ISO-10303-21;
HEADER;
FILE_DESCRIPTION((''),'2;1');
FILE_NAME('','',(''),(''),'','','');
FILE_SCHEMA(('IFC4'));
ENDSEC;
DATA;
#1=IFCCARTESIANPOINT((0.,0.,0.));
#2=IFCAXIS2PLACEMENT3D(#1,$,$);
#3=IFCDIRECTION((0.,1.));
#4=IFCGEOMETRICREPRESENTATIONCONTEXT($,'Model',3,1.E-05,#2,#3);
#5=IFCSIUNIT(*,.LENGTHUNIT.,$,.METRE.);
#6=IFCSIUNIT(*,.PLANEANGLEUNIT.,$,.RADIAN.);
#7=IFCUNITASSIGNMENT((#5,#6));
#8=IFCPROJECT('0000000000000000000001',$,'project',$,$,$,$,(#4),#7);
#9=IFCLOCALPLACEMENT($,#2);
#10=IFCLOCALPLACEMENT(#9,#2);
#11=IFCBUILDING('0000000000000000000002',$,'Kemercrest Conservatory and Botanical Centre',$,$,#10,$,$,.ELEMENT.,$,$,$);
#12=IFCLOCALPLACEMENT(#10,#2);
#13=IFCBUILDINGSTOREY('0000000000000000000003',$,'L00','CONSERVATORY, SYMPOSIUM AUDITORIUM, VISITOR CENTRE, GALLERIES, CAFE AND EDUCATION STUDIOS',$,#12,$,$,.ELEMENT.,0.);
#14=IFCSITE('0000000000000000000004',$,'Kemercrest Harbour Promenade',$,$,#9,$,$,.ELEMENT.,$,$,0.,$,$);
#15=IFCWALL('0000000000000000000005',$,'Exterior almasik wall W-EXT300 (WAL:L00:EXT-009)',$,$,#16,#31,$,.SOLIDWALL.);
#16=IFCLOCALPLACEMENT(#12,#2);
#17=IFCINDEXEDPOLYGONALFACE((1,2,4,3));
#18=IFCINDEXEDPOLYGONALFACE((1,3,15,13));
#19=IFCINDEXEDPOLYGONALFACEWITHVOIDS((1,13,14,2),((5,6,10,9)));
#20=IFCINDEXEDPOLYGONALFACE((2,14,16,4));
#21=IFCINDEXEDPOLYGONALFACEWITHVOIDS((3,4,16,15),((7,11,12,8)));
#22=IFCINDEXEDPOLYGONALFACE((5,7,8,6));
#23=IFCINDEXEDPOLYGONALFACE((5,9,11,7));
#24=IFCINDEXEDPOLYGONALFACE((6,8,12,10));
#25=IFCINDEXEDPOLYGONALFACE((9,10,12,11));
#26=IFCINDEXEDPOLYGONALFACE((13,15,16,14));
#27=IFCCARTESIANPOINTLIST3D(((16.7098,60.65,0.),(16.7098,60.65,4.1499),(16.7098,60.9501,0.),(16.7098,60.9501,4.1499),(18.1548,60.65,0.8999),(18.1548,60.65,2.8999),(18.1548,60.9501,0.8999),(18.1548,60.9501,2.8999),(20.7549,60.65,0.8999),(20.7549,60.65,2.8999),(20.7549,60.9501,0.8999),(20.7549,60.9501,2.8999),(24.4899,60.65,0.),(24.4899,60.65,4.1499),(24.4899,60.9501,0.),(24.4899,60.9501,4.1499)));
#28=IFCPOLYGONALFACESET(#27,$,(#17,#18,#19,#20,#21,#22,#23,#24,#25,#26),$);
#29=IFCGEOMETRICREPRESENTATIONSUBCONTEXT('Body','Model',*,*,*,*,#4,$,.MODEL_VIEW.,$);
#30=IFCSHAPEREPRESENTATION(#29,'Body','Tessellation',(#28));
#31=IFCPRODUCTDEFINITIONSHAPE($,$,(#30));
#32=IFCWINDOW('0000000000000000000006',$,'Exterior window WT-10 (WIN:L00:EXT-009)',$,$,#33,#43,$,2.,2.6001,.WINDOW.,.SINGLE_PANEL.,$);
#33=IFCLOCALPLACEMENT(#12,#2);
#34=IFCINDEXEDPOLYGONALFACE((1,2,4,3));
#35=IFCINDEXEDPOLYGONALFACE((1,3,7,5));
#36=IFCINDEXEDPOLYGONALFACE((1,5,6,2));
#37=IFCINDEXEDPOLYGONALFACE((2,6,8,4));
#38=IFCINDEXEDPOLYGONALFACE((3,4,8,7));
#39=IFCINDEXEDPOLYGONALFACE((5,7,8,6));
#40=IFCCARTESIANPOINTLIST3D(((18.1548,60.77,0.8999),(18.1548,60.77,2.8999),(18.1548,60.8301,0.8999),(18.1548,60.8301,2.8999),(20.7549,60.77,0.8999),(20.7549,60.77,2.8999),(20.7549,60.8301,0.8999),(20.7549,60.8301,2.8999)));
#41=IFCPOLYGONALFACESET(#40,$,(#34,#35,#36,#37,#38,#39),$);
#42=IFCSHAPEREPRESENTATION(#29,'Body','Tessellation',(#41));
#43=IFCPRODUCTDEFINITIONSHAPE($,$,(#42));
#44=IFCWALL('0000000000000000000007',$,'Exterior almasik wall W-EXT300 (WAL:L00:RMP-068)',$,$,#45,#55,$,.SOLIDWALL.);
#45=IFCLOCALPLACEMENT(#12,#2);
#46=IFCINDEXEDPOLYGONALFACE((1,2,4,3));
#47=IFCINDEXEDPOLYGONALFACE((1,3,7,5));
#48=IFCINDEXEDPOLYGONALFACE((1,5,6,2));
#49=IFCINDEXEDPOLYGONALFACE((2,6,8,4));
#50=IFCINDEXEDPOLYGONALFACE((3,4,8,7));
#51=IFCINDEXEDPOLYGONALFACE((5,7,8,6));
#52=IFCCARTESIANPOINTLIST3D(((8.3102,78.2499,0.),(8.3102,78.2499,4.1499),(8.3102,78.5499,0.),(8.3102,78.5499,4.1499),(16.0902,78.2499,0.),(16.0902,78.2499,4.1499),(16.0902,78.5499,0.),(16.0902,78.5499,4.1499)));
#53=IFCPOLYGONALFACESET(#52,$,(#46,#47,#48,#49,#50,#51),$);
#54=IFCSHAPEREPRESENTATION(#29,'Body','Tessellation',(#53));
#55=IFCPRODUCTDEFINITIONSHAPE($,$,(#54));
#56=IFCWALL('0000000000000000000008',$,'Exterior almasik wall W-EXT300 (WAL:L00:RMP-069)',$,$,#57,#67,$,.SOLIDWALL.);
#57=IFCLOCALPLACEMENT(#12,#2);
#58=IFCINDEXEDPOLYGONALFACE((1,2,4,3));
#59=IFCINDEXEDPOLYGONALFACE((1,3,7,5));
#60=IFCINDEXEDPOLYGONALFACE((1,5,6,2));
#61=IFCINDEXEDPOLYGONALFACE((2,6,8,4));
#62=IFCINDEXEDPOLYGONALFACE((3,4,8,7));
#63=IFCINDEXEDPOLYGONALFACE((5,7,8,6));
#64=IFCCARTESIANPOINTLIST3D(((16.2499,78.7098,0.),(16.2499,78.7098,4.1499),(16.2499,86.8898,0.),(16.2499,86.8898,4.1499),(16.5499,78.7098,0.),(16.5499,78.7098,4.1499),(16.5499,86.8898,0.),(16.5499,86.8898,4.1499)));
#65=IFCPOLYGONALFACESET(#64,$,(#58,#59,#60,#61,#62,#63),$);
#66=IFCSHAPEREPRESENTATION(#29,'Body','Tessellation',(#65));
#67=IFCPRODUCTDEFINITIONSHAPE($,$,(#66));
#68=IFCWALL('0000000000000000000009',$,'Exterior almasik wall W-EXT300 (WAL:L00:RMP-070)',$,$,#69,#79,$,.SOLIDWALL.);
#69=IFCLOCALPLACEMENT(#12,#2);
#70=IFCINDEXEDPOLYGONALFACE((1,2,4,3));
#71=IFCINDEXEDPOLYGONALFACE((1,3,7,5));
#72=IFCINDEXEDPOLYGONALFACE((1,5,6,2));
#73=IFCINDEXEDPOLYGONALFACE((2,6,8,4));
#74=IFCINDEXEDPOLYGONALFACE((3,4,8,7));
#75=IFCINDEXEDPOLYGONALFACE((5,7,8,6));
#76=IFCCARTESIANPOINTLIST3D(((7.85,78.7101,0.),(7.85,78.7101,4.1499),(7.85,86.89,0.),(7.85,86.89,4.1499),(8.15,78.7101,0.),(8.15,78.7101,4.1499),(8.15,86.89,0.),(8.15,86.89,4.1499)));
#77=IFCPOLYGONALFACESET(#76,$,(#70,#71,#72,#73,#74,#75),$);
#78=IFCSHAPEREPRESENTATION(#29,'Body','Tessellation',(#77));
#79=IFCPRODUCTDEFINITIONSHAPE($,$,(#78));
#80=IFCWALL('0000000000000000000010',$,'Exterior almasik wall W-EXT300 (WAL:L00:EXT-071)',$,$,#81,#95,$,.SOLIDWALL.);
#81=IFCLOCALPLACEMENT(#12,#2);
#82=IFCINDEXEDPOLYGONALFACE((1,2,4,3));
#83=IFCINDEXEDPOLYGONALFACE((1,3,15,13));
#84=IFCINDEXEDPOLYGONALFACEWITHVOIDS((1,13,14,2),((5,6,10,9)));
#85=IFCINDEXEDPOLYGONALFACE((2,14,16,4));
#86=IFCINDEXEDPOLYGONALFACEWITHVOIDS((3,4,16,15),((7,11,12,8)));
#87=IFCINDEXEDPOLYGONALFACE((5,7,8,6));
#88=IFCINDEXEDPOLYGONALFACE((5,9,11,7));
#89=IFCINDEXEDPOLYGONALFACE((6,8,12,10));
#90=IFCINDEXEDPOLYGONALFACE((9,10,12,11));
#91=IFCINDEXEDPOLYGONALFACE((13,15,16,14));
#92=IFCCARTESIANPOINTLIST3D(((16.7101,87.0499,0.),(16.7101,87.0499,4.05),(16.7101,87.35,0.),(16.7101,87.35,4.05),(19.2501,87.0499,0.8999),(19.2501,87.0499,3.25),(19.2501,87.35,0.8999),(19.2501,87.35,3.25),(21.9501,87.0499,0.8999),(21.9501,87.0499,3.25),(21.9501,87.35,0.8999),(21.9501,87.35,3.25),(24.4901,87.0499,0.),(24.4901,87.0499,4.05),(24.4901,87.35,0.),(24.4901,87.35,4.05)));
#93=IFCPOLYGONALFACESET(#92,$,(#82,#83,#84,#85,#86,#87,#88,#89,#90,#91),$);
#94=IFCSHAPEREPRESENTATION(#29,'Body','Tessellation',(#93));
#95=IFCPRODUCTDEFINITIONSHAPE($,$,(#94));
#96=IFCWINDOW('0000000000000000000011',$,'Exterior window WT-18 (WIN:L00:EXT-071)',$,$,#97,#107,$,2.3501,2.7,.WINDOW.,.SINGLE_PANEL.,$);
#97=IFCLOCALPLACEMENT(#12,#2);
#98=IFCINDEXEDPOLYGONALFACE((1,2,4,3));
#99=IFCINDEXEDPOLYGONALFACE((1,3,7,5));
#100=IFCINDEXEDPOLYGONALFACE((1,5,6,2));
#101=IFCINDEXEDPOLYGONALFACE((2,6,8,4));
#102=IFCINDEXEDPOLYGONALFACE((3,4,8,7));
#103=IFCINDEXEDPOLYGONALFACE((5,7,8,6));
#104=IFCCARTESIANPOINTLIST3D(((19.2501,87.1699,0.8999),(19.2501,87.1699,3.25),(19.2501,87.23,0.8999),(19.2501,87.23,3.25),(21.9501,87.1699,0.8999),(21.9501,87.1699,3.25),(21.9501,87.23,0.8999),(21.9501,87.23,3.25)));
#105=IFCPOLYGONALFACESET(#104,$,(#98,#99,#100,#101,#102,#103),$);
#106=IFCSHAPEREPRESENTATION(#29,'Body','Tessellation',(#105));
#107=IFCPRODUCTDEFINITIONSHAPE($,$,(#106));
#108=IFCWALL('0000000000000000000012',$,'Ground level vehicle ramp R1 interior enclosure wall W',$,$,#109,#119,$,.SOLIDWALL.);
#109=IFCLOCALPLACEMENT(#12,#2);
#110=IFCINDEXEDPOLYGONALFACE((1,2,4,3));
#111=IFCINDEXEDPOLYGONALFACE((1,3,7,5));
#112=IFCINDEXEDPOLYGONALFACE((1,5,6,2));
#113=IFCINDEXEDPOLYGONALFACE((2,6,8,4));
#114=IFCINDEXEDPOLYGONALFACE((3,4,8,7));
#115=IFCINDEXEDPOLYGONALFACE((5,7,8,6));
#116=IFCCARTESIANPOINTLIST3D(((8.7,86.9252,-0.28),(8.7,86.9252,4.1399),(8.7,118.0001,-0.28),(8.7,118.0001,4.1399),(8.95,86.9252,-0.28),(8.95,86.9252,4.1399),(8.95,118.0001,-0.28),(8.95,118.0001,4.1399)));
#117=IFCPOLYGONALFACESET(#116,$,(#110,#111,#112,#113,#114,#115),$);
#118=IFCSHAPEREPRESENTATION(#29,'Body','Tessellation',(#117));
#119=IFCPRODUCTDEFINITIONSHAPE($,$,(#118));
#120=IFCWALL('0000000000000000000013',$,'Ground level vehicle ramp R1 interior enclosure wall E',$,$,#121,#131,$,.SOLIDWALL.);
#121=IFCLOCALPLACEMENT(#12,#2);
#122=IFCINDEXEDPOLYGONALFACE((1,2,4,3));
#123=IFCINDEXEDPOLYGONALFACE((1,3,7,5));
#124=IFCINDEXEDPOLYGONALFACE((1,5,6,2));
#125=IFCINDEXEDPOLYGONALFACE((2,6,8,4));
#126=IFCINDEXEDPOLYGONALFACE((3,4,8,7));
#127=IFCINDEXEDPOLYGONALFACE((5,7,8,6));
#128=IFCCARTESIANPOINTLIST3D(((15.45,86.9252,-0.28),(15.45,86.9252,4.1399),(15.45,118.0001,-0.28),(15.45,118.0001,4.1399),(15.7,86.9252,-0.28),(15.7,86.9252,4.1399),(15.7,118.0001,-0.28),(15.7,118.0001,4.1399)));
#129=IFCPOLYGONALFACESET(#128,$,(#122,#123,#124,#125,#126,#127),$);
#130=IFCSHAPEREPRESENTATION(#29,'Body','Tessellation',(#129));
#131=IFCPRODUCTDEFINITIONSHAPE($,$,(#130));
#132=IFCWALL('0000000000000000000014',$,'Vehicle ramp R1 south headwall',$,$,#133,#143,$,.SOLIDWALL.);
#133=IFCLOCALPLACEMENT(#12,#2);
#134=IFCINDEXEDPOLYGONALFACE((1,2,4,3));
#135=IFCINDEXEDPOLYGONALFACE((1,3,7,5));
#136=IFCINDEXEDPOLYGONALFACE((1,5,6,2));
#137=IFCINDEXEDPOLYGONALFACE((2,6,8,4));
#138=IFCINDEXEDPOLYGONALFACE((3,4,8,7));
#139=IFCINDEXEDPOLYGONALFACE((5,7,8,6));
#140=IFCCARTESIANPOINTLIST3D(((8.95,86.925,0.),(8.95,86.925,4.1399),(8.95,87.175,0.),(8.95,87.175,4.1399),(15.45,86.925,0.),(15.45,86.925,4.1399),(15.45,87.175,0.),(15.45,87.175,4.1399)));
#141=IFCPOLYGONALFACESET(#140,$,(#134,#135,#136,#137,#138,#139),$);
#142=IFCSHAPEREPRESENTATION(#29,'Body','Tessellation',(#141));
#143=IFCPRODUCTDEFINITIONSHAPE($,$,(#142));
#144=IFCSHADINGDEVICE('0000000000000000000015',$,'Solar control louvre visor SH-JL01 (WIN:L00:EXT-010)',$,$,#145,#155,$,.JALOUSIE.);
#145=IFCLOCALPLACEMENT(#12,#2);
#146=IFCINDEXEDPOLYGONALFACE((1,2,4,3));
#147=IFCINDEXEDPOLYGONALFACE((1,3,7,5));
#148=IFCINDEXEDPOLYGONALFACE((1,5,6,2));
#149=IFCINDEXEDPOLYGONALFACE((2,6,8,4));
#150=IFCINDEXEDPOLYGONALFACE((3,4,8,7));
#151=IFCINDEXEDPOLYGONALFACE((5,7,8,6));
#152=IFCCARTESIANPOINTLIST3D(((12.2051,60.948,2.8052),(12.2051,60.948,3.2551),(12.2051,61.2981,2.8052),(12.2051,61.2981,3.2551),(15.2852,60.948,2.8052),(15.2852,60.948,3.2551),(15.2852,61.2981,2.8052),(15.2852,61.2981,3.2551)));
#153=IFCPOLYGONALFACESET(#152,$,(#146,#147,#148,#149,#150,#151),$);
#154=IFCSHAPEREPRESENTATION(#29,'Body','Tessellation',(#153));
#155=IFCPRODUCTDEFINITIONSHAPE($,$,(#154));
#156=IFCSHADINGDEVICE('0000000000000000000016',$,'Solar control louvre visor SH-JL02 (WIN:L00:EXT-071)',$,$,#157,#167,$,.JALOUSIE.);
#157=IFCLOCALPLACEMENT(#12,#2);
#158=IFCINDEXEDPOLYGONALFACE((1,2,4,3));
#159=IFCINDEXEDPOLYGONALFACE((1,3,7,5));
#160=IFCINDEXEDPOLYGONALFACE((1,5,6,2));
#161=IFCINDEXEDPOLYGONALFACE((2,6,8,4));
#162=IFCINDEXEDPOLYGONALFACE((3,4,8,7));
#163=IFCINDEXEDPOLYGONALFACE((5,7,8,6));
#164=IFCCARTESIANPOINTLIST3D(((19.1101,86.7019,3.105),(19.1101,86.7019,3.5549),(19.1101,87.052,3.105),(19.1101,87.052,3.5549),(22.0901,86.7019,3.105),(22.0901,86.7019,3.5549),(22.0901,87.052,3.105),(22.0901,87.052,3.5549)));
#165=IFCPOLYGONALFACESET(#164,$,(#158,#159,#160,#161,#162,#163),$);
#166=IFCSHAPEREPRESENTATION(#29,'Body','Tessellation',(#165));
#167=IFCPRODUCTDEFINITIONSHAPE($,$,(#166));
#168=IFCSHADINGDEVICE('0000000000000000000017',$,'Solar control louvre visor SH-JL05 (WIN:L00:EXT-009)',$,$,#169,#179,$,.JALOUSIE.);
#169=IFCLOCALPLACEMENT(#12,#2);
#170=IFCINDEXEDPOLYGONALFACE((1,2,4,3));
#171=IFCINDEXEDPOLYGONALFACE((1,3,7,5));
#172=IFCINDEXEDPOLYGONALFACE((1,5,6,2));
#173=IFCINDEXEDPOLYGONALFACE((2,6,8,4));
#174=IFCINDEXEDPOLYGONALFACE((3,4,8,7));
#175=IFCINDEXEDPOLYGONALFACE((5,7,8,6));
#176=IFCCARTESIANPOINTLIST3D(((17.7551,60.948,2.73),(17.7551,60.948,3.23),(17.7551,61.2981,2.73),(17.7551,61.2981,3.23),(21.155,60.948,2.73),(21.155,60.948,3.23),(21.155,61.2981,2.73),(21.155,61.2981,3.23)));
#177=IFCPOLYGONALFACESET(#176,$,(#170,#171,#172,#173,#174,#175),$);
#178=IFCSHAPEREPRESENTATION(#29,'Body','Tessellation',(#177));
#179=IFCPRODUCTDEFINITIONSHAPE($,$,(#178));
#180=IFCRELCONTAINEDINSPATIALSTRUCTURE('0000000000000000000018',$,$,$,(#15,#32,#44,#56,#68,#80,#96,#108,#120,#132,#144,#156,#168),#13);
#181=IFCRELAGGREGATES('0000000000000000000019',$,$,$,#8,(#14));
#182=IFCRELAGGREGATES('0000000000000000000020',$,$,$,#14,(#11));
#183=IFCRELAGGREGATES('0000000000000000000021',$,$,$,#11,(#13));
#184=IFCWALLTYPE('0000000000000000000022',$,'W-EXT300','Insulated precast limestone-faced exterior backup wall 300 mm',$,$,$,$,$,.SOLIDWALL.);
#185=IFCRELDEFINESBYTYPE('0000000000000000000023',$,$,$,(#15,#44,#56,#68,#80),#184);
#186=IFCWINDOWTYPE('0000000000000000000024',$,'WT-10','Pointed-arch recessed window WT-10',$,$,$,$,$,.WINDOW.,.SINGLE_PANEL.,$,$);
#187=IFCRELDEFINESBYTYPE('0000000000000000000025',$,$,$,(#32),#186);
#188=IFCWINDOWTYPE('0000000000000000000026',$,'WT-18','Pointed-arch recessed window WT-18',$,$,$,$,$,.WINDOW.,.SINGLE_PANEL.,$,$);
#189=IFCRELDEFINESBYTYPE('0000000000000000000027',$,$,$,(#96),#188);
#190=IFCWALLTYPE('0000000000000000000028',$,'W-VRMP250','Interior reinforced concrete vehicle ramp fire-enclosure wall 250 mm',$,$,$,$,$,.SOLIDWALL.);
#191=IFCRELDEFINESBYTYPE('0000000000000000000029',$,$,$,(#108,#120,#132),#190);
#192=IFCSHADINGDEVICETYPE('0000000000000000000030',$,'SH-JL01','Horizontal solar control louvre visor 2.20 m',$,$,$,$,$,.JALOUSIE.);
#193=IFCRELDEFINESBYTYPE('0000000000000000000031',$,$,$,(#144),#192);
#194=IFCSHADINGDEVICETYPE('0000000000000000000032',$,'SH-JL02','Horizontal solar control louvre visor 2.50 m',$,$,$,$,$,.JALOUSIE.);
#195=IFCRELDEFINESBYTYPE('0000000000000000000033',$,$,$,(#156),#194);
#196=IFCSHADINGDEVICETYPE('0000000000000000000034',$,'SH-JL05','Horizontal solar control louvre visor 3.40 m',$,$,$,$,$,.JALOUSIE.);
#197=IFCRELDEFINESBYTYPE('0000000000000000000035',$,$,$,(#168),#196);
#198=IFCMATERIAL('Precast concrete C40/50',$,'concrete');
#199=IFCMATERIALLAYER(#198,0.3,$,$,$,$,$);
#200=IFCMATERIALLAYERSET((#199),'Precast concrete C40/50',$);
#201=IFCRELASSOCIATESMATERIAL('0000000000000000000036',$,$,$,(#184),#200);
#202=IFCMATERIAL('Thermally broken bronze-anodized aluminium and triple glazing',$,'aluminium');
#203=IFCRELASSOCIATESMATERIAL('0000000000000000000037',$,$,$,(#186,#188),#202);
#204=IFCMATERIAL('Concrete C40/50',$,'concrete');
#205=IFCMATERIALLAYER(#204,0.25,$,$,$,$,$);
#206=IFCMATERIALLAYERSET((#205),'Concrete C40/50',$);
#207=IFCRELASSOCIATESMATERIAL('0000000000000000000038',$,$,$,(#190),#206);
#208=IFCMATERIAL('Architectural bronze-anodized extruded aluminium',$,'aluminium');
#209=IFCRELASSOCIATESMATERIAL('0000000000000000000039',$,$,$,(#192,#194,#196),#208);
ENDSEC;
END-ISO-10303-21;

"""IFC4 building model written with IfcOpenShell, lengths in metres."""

from ifc_helpers import new_model, si_unit, direction, frame, frame_2d, origin, origin_2d, place, context, subcontext, project, spatial, rectangle, extrude, material, layer, layer_set, type_object, element, fill, save


model = new_model("IFC4")

# Units and contexts
model_context = context("Model", 3, precision=1e-05, world=origin(), true_north=direction((0.0, 1.0)))
body_context = subcontext(model_context, "Body", "Model", "MODEL_VIEW")
ifc_project = project(units=[si_unit("LENGTHUNIT", "METRE"), si_unit("PLANEANGLEUNIT", "RADIAN")], contexts=[model_context])

# Site, building, storey
site_placement = place(None, origin())
site = spatial("IfcSite", under=ifc_project, at=site_placement, Name="Kemercrest Harbour Promenade", CompositionType="ELEMENT", RefElevation=0.0)
building_placement = place(site_placement, origin())
building = spatial("IfcBuilding", under=site, at=building_placement, Name="Kemercrest Conservatory and Botanical Centre", CompositionType="ELEMENT")
storey_placement = place(building_placement, origin())
storey = spatial("IfcBuildingStorey", under=building, at=storey_placement, Name="L00", Description="CONSERVATORY, SYMPOSIUM AUDITORIUM, VISITOR CENTRE, GALLERIES, CAFE AND EDUCATION STUDIOS", CompositionType="ELEMENT", Elevation=0.0)

# Shared definitions
ifc_material_1 = material(Name="Concrete C40/50", Category="concrete")

# Shared definitions
ifc_material_2 = material(Name="Precast concrete C40/50", Category="concrete")

# Wall, opening, window
ifc_layer_1 = layer(ifc_material_2, 0.3)
ifc_layer_set_1 = layer_set([ifc_layer_1], Name="Precast concrete C40/50")
wall_type_1 = type_object("IfcWallType", Name="W-EXT300", Description="Insulated precast limestone-faced exterior backup wall 300 mm", PredefinedType="SOLIDWALL", material=ifc_layer_set_1)
wall_1_placement = place(storey_placement, frame((24.49, 60.8, 0.0), z_axis=(0.0, 0.0, 1.0), x_axis=(-1.0, 0.0, 0.0)))
wall_1 = element("IfcWall", 1, at=wall_1_placement, inside=storey, type_object=wall_type_1, Name="Exterior almasik wall W-EXT300 (WAL:L00:EXT-009)", PredefinedType="SOLIDWALL", context=body_context, shape_type="SweptSolid", body=[
    extrude(rectangle(XDim=7.78, YDim=0.3, at=frame_2d((3.8901, 0.0))), origin(), (0.0, 0.0, 1.0), 4.1499),
])
opening_1_placement = place(wall_1_placement, frame((3.7351, 0.0, 0.8999)))
opening_1 = element("IfcOpeningElement", 2, at=opening_1_placement, cuts=wall_1, PredefinedType="OPENING", context=body_context, shape_type="SweptSolid", body=[
    extrude(rectangle(XDim=2.6001, YDim=2.0, at=frame_2d((1.3, 1.0))), frame((0.0, 0.1602, 0.0), z_axis=(0.0, -1.0, 0.0), x_axis=(1.0, 0.0, 0.0)), (0.0, 0.0, 1.0), 0.3201),
])
ifc_material_3 = material(Name="Thermally broken bronze-anodized aluminium and triple glazing", Category="aluminium")
window_type_1 = type_object("IfcWindowType", Name="WT-10", Description="Pointed-arch recessed window WT-10", PartitioningType="SINGLE_PANEL", PredefinedType="WINDOW", material=ifc_material_3)
window_1_placement = place(opening_1_placement, origin())
window_1 = element("IfcWindow", 3, at=window_1_placement, inside=storey, type_object=window_type_1, Name="Exterior window WT-10 (WIN:L00:EXT-009)", OverallHeight=2.0, OverallWidth=2.6001, PartitioningType="SINGLE_PANEL", PredefinedType="WINDOW", context=body_context, shape_type="SweptSolid", body=[
    extrude(rectangle(XDim=2.6001, YDim=2.0, at=frame_2d((1.3, 1.0))), frame((0.0, 0.03, 0.0), z_axis=(0.0, -1.0, 0.0), x_axis=(1.0, 0.0, 0.0)), (0.0, 0.0, 1.0), 0.0601),
])
fill(opening_1, window_1)

# Walls
wall_2_placement = place(storey_placement, frame((8.3101, 78.3999, 0.0), z_axis=(0.0, 0.0, 1.0), x_axis=(1.0, 0.0, 0.0)))
element("IfcWall", 4, at=wall_2_placement, inside=storey, type_object=wall_type_1, Name="Exterior almasik wall W-EXT300 (WAL:L00:RMP-068)", PredefinedType="SOLIDWALL", context=body_context, shape_type="SweptSolid", body=[
    extrude(rectangle(XDim=7.78, YDim=0.3, at=frame_2d((3.8901, 0.0))), origin(), (0.0, 0.0, 1.0), 4.1499),
])
for number, where, z_axis, x_axis, name in (
    (5, (16.3999, 78.71, 0.0), (0.0, 0.0, 1.0), (0.0, 1.0, 0.0), "Exterior almasik wall W-EXT300 (WAL:L00:RMP-069)"),
    (6, (8.0, 86.8899, 0.0), (0.0, 0.0, 1.0), (0.0, -1.0, 0.0), "Exterior almasik wall W-EXT300 (WAL:L00:RMP-070)"),
):
    element("IfcWall", number, at=place(storey_placement, frame(where, z_axis=z_axis, x_axis=x_axis)), inside=storey, type_object=wall_type_1, Name=name, PredefinedType="SOLIDWALL", context=body_context, shape_type="SweptSolid", body=[
        extrude(rectangle(XDim=8.1799, YDim=0.3, at=frame_2d((4.0898, 0.0))), origin(), (0.0, 0.0, 1.0), 4.1499),
    ])

# Wall, opening, window
wall_3_placement = place(storey_placement, frame((16.71, 87.2, 0.0), z_axis=(0.0, 0.0, 1.0), x_axis=(1.0, 0.0, 0.0)))
wall_3 = element("IfcWall", 7, at=wall_3_placement, inside=storey, type_object=wall_type_1, Name="Exterior almasik wall W-EXT300 (WAL:L00:EXT-071)", PredefinedType="SOLIDWALL", context=body_context, shape_type="SweptSolid", body=[
    extrude(rectangle(XDim=7.78, YDim=0.3, at=frame_2d((3.8901, 0.0))), origin(), (0.0, 0.0, 1.0), 4.05),
])
opening_2_placement = place(wall_3_placement, frame((2.54, 0.0, 0.8999)))
opening_2 = element("IfcOpeningElement", 8, at=opening_2_placement, cuts=wall_3, PredefinedType="OPENING", context=body_context, shape_type="SweptSolid", body=[
    extrude(rectangle(XDim=2.7, YDim=2.3501, at=frame_2d((1.3501, 1.175))), frame((0.0, 0.1602, 0.0), z_axis=(0.0, -1.0, 0.0), x_axis=(1.0, 0.0, 0.0)), (0.0, 0.0, 1.0), 0.3201),
])
window_type_2 = type_object("IfcWindowType", Name="WT-18", Description="Pointed-arch recessed window WT-18", PartitioningType="SINGLE_PANEL", PredefinedType="WINDOW", material=ifc_material_3)
window_2_placement = place(opening_2_placement, origin())
window_2 = element("IfcWindow", 9, at=window_2_placement, inside=storey, type_object=window_type_2, Name="Exterior window WT-18 (WIN:L00:EXT-071)", OverallHeight=2.3501, OverallWidth=2.7, PartitioningType="SINGLE_PANEL", PredefinedType="WINDOW", context=body_context, shape_type="SweptSolid", body=[
    extrude(rectangle(XDim=2.7, YDim=2.3501, at=frame_2d((1.3501, 1.175))), frame((0.0, 0.03, 0.0), z_axis=(0.0, -1.0, 0.0), x_axis=(1.0, 0.0, 0.0)), (0.0, 0.0, 1.0), 0.0601),
])
fill(opening_2, window_2)

# Walls
ifc_layer_2 = layer(ifc_material_1, 0.25)
ifc_layer_set_2 = layer_set([ifc_layer_2], Name="Concrete C40/50")
wall_type_2 = type_object("IfcWallType", Name="W-VRMP250", Description="Interior reinforced concrete vehicle ramp fire-enclosure wall 250 mm", PredefinedType="SOLIDWALL", material=ifc_layer_set_2)
for number, where, z_axis, x_axis, name in (
    (10, (8.825, 86.925, -0.28), (0.0, 0.0, 1.0), (0.0, 1.0, 0.0), "Ground level vehicle ramp R1 interior enclosure wall W"),
    (11, (15.575, 86.925, -0.28), (0.0, 0.0, 1.0), (0.0, 1.0, 0.0), "Ground level vehicle ramp R1 interior enclosure wall E"),
):
    element("IfcWall", number, at=place(storey_placement, frame(where, z_axis=z_axis, x_axis=x_axis)), inside=storey, type_object=wall_type_2, Name=name, PredefinedType="SOLIDWALL", context=body_context, shape_type="SweptSolid", body=[
        extrude(rectangle(XDim=31.075, YDim=0.25, at=frame_2d((15.5376, 0.0))), origin(), (0.0, 0.0, 1.0), 4.4199),
    ])
wall_4_placement = place(storey_placement, frame((8.95, 87.05, 0.0), z_axis=(0.0, 0.0, 1.0), x_axis=(1.0, 0.0, 0.0)))
element("IfcWall", 12, at=wall_4_placement, inside=storey, type_object=wall_type_2, Name="Vehicle ramp R1 south headwall", PredefinedType="SOLIDWALL", context=body_context, shape_type="SweptSolid", body=[
    extrude(rectangle(XDim=6.5, YDim=0.25, at=frame_2d((3.25, 0.0))), origin(), (0.0, 0.0, 1.0), 4.1399),
])

# Shading devices
ifc_material_4 = material(Name="Architectural bronze-anodized extruded aluminium", Category="aluminium")
shading_device_type_1 = type_object("IfcShadingDeviceType", Name="SH-JL01", Description="Horizontal solar control louvre visor 2.20 m", PredefinedType="JALOUSIE", material=ifc_material_4)
shading_device_1_placement = place(storey_placement, frame((13.7451, 61.123, 2.8052), z_axis=(0.0, 0.0, 1.0), x_axis=(-1.0, 0.0, 0.0)))
element("IfcShadingDevice", 13, at=shading_device_1_placement, inside=storey, type_object=shading_device_type_1, Name="Solar control louvre visor SH-JL01 (WIN:L00:EXT-010)", PredefinedType="JALOUSIE", context=body_context, shape_type="SweptSolid", body=[
    extrude(rectangle(XDim=3.0801, YDim=0.3501, at=origin_2d()), origin(), (0.0, 0.0, 1.0), 0.45),
])
shading_device_type_2 = type_object("IfcShadingDeviceType", Name="SH-JL02", Description="Horizontal solar control louvre visor 2.50 m", PredefinedType="JALOUSIE", material=ifc_material_4)
shading_device_2_placement = place(storey_placement, frame((20.6001, 86.877, 3.105), z_axis=(0.0, 0.0, 1.0), x_axis=(1.0, 0.0, 0.0)))
element("IfcShadingDevice", 14, at=shading_device_2_placement, inside=storey, type_object=shading_device_type_2, Name="Solar control louvre visor SH-JL02 (WIN:L00:EXT-071)", PredefinedType="JALOUSIE", context=body_context, shape_type="SweptSolid", body=[
    extrude(rectangle(XDim=2.98, YDim=0.3501, at=origin_2d()), origin(), (0.0, 0.0, 1.0), 0.45),
])
shading_device_type_3 = type_object("IfcShadingDeviceType", Name="SH-JL05", Description="Horizontal solar control louvre visor 3.40 m", PredefinedType="JALOUSIE", material=ifc_material_4)
shading_device_3_placement = place(storey_placement, frame((19.4551, 61.123, 2.73), z_axis=(0.0, 0.0, 1.0), x_axis=(-1.0, 0.0, 0.0)))
element("IfcShadingDevice", 15, at=shading_device_3_placement, inside=storey, type_object=shading_device_type_3, Name="Solar control louvre visor SH-JL05 (WIN:L00:EXT-009)", PredefinedType="JALOUSIE", context=body_context, shape_type="SweptSolid", body=[
    extrude(rectangle(XDim=3.3999, YDim=0.3501, at=origin_2d()), origin(), (0.0, 0.0, 1.0), 0.5),
])

save(model, "model.ifc")
